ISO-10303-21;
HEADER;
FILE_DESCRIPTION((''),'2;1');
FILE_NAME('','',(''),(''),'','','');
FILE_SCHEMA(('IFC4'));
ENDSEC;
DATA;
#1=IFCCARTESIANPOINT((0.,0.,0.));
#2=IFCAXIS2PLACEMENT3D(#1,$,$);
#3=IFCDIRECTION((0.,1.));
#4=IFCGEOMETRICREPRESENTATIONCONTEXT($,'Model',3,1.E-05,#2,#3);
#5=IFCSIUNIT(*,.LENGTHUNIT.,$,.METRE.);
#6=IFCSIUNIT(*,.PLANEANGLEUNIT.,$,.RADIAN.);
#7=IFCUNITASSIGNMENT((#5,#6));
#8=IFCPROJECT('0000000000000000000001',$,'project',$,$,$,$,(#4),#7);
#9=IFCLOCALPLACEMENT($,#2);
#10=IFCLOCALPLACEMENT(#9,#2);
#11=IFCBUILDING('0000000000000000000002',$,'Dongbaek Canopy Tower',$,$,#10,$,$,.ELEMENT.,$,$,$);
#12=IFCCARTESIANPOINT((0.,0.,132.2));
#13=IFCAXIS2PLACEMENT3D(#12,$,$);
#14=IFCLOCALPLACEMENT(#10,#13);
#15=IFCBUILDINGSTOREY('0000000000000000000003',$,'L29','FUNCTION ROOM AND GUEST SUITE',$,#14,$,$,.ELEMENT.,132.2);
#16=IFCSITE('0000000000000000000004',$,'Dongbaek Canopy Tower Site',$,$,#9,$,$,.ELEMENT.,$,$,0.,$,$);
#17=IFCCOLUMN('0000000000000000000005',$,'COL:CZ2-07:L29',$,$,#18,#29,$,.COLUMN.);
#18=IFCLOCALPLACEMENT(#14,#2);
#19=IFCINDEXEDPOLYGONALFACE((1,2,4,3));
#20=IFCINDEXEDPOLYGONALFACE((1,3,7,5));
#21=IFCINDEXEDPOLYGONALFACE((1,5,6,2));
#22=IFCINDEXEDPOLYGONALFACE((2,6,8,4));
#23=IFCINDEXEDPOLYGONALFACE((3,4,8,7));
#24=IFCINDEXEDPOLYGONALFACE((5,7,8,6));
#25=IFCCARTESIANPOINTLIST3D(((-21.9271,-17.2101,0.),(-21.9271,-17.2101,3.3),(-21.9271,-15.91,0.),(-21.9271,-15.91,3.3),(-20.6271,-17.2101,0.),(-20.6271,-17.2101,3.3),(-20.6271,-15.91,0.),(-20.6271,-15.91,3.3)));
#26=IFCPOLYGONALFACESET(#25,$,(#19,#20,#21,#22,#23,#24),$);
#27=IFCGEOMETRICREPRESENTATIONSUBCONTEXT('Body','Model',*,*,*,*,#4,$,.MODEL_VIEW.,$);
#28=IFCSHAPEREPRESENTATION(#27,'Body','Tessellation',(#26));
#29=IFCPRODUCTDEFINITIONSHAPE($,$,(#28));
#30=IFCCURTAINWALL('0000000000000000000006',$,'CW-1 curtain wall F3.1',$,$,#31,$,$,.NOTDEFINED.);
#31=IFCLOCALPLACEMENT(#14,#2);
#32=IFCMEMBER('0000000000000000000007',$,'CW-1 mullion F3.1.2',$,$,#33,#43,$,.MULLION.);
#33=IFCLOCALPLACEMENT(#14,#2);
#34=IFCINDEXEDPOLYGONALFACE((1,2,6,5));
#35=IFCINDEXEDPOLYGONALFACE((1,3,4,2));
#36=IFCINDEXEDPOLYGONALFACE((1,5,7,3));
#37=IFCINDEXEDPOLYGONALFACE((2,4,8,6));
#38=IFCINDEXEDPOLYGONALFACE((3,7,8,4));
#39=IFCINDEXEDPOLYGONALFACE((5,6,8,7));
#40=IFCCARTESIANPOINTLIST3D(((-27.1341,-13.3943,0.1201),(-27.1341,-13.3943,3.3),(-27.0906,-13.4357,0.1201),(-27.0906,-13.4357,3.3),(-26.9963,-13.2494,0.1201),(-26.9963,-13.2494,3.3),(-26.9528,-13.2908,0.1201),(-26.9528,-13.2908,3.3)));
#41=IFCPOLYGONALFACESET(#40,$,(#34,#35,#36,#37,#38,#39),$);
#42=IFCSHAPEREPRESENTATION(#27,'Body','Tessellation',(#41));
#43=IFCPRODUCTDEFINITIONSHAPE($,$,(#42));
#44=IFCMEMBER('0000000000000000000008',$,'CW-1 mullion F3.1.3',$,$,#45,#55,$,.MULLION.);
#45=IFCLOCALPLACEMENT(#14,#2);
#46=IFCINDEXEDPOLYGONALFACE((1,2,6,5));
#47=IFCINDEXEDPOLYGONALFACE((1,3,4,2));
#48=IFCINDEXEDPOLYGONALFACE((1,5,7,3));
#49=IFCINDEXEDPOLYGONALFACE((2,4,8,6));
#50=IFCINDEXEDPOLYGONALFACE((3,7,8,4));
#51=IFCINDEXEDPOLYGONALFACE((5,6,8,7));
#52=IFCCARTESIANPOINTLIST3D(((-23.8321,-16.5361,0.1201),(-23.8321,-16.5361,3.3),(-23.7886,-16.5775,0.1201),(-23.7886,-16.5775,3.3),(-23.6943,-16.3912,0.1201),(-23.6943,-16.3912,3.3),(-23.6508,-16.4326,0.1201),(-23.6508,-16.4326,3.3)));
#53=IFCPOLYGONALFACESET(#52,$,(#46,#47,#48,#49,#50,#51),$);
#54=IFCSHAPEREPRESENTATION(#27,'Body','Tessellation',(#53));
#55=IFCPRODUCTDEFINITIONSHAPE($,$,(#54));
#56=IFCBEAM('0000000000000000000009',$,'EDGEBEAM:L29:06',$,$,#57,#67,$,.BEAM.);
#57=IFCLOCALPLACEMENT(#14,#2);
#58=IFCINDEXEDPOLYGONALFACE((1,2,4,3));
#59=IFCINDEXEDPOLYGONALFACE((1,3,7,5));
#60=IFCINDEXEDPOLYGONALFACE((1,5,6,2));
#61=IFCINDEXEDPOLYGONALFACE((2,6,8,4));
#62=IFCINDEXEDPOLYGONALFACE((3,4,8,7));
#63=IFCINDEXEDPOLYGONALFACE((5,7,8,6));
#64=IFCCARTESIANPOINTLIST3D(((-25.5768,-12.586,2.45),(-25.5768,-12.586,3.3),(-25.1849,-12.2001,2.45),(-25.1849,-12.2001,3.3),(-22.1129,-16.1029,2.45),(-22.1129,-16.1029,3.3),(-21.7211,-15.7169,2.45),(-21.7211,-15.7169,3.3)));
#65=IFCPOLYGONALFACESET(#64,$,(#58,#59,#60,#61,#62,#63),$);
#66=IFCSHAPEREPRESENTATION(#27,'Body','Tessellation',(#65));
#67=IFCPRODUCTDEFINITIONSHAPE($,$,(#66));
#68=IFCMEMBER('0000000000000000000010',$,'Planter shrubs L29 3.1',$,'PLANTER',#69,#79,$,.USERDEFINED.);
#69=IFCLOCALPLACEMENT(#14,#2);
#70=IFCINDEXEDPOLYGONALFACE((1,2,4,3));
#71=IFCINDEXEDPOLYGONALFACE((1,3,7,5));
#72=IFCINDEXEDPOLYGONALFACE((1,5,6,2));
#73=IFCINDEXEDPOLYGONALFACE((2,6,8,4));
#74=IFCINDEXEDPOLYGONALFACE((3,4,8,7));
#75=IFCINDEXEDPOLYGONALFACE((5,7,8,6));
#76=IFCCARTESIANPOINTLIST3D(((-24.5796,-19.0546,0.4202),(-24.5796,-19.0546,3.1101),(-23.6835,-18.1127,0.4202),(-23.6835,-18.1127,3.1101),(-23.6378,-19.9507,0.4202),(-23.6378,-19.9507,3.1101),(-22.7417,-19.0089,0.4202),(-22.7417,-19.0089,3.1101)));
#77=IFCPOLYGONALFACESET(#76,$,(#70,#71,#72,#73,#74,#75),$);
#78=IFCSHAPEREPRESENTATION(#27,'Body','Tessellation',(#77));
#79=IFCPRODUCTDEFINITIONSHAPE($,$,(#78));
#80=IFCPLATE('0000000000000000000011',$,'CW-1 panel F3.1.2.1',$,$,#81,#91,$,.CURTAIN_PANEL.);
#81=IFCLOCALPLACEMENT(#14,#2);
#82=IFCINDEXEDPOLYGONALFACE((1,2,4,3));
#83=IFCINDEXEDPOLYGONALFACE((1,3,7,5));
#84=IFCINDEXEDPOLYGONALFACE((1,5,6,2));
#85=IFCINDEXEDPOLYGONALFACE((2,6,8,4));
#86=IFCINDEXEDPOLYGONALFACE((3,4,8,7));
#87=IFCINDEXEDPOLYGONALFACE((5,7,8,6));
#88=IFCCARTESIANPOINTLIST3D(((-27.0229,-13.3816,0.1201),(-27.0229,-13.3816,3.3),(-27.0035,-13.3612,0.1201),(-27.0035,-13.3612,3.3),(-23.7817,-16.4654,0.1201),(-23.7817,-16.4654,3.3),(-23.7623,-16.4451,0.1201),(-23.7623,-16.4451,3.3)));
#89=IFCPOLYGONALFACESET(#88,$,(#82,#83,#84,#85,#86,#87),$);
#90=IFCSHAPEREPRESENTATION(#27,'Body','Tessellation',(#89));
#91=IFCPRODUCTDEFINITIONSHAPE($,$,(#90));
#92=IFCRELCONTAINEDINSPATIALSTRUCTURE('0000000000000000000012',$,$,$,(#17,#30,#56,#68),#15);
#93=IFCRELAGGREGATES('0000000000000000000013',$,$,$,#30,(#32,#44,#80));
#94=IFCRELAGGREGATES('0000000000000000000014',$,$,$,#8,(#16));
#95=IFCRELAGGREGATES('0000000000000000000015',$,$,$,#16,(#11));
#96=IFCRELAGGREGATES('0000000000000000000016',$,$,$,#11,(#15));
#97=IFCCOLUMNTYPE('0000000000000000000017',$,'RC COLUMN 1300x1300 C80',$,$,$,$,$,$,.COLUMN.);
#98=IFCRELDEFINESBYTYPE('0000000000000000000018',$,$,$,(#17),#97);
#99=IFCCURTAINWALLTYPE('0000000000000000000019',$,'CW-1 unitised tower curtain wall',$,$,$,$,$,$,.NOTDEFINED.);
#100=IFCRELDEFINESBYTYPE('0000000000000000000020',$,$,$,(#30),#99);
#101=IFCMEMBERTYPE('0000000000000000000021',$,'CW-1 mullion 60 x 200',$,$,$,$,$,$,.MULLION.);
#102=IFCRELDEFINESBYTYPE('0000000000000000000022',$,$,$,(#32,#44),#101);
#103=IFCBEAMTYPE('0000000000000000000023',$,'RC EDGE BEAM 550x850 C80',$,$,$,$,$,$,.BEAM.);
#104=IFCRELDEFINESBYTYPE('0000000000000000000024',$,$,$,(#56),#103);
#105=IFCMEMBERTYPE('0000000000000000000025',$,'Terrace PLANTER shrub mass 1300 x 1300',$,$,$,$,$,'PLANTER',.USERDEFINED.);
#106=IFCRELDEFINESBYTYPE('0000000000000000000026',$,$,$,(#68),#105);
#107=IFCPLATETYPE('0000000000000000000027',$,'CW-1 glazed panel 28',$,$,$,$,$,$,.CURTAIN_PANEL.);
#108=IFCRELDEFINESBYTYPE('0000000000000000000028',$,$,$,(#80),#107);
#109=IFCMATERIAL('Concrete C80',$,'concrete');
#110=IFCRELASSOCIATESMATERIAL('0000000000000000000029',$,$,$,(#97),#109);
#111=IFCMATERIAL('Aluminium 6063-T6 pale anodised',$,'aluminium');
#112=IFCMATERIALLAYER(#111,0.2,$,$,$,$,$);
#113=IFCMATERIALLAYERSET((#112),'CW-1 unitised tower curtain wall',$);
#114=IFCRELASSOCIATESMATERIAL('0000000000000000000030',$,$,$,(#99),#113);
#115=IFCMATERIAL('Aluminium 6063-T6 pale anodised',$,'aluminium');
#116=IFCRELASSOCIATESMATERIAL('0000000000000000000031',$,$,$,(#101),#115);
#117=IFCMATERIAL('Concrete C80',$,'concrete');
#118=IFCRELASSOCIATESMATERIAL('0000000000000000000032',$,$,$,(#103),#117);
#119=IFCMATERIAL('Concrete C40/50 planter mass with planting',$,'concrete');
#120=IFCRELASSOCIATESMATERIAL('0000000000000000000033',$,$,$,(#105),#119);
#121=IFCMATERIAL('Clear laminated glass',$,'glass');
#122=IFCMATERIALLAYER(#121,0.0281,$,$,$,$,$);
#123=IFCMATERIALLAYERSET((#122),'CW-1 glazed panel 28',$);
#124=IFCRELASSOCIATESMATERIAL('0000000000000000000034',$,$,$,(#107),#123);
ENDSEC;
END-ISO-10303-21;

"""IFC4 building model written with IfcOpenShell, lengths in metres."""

from ifc_helpers import new_model, si_unit, direction, frame, origin, origin_2d, place, context, subcontext, project, spatial, rectangle, extrude, material, layer, layer_set, material_profile, profile_set, type_object, element, aggregate, save


model = new_model("IFC4")

# Units and contexts
model_context = context("Model", 3, precision=1e-05, world=origin(), true_north=direction((0.0, 1.0)))
body_context = subcontext(model_context, "Body", "Model", "MODEL_VIEW")
ifc_project = project(units=[si_unit("LENGTHUNIT", "METRE"), si_unit("PLANEANGLEUNIT", "RADIAN")], contexts=[model_context])

# Site, building, storey
site_placement = place(None, origin())
site = spatial("IfcSite", under=ifc_project, at=site_placement, Name="Dongbaek Canopy Tower Site", CompositionType="ELEMENT", RefElevation=0.0)
building_placement = place(site_placement, origin())
building = spatial("IfcBuilding", under=site, at=building_placement, Name="Dongbaek Canopy Tower", CompositionType="ELEMENT")
storey_placement = place(building_placement, frame((0.0, 0.0, 132.2)))
storey = spatial("IfcBuildingStorey", under=building, at=storey_placement, Name="L29", Description="FUNCTION ROOM AND GUEST SUITE", CompositionType="ELEMENT", Elevation=132.2)

# Column
ifc_material_1 = material(Name="Concrete C80", Category="concrete")
ifc_material_profile_1 = material_profile(ifc_material_1, rectangle(XDim=1.3, YDim=1.3, at=origin_2d()), Name="RC COLUMN 1300x1300 C80")
ifc_profile_set_1 = profile_set([ifc_material_profile_1], Name="Concrete C80")
column_type = type_object("IfcColumnType", Name="RC COLUMN 1300x1300 C80", PredefinedType="COLUMN", material=ifc_profile_set_1)
column_placement = place(storey_placement, frame((-21.2771, -16.5601, 0.0), z_axis=(0.0, 0.0, 1.0), x_axis=(1.0, 0.0, 0.0)))
element("IfcColumn", 1, at=column_placement, inside=storey, type_object=column_type, Name="COL:CZ2-07:L29", PredefinedType="COLUMN", context=body_context, shape_type="SweptSolid", body=[
    extrude(rectangle(XDim=1.3, YDim=1.3, at=origin_2d()), origin(), (0.0, 0.0, 1.0), 3.3),
])

# Curtain wall, members
ifc_material_2 = material(Name="Aluminium 6063-T6 pale anodised", Category="aluminium")
ifc_layer_1 = layer(ifc_material_2, 0.2)
ifc_layer_set_1 = layer_set([ifc_layer_1], Name="CW-1 unitised tower curtain wall")
curtain_wall_type = type_object("IfcCurtainWallType", Name="CW-1 unitised tower curtain wall", PredefinedType="NOTDEFINED", material=ifc_layer_set_1)
curtain_wall_placement = place(storey_placement, origin())
curtain_wall = element("IfcCurtainWall", 2, at=curtain_wall_placement, inside=storey, type_object=curtain_wall_type, Name="CW-1 curtain wall F3.1", PredefinedType="NOTDEFINED")
ifc_material_3 = material(Name="Aluminium 6063-T6 pale anodised", Category="aluminium")
ifc_material_profile_2 = material_profile(ifc_material_3, rectangle(XDim=0.2, YDim=0.0601, at=origin_2d()), Name="CW-1 mullion 60 x 200")
ifc_profile_set_2 = profile_set([ifc_material_profile_2], Name="Aluminium 6063-T6 pale anodised")
member_type_1 = type_object("IfcMemberType", Name="CW-1 mullion 60 x 200", PredefinedType="MULLION", material=ifc_profile_set_2)
member_1_placement = place(storey_placement, frame((-27.0435, -13.3425, 0.1201), z_axis=(0.0, 0.0, 1.0), x_axis=(-0.689302, -0.724474, 0.0)))
member_1 = element("IfcMember", 3, at=member_1_placement, type_object=member_type_1, Name="CW-1 mullion F3.1.2", PredefinedType="MULLION", context=body_context, shape_type="SweptSolid", body=[
    extrude(rectangle(XDim=0.2, YDim=0.0601, at=origin_2d()), origin(), (0.0, 0.0, 1.0), 3.1799),
])
member_2_placement = place(storey_placement, frame((-23.7415, -16.4844, 0.1201), z_axis=(0.0, 0.0, 1.0), x_axis=(-0.689302, -0.724474, 0.0)))
member_2 = element("IfcMember", 4, at=member_2_placement, type_object=member_type_1, Name="CW-1 mullion F3.1.3", PredefinedType="MULLION", context=body_context, shape_type="SweptSolid", body=[
    extrude(rectangle(XDim=0.2, YDim=0.0601, at=origin_2d()), origin(), (0.0, 0.0, 1.0), 3.1799),
])

# Beam
ifc_material_4 = material(Name="Concrete C80", Category="concrete")
ifc_material_profile_3 = material_profile(ifc_material_4, rectangle(XDim=0.55, YDim=0.8501, at=origin_2d()), Name="RC EDGE BEAM 550x850 C80")
ifc_profile_set_3 = profile_set([ifc_material_profile_3], Name="Concrete C80")
beam_type = type_object("IfcBeamType", Name="RC EDGE BEAM 550x850 C80", PredefinedType="BEAM", material=ifc_profile_set_3)
beam_placement = place(storey_placement, frame((-21.917, -15.9099, 2.875), z_axis=(-0.70172, 0.712453, 0.0), x_axis=(-0.712453, -0.70172, 0.0)))
element("IfcBeam", 5, at=beam_placement, inside=storey, type_object=beam_type, Name="EDGEBEAM:L29:06", PredefinedType="BEAM", context=body_context, shape_type="SweptSolid", body=[
    extrude(rectangle(XDim=0.55, YDim=0.8501, at=origin_2d()), origin(), (0.0, 0.0, 1.0), 4.9363),
])

# Member
ifc_material_5 = material(Name="Concrete C40/50 planter mass with planting", Category="concrete")
ifc_material_profile_4 = material_profile(ifc_material_5, rectangle(XDim=1.3, YDim=1.3, at=origin_2d()), Name="Terrace PLANTER shrub mass 1300 x 1300")
ifc_profile_set_4 = profile_set([ifc_material_profile_4], Name="Concrete C40/50 planter mass with planting")
member_type_2 = type_object("IfcMemberType", Name="Terrace PLANTER shrub mass 1300 x 1300", ElementType="PLANTER", PredefinedType="USERDEFINED", material=ifc_profile_set_4)
member_3_placement = place(storey_placement, frame((-23.6606, -19.0317, 0.4202), z_axis=(0.0, 0.0, 1.0), x_axis=(-0.689302, -0.724474, 0.0)))
element("IfcMember", 6, at=member_3_placement, inside=storey, type_object=member_type_2, Name="Planter shrubs L29 3.1", ObjectType="PLANTER", PredefinedType="USERDEFINED", context=body_context, shape_type="SweptSolid", body=[
    extrude(rectangle(XDim=1.3, YDim=1.3, at=origin_2d()), origin(), (0.0, 0.0, 1.0), 2.6899),
])

# Plate
ifc_material_6 = material(Name="Clear laminated glass", Category="glass")
ifc_layer_2 = layer(ifc_material_6, 0.0281)
ifc_layer_set_2 = layer_set([ifc_layer_2], Name="CW-1 glazed panel 28")
plate_type = type_object("IfcPlateType", Name="CW-1 glazed panel 28", PredefinedType="CURTAIN_PANEL", material=ifc_layer_set_2)
plate_placement = place(storey_placement, frame((-25.3926, -14.9133, 0.1201), z_axis=(0.0, 0.0, 1.0), x_axis=(0.724474, -0.689302, 0.0)))
plate = element("IfcPlate", 7, at=plate_placement, type_object=plate_type, Name="CW-1 panel F3.1.2.1", PredefinedType="CURTAIN_PANEL", context=body_context, shape_type="SweptSolid", body=[
    extrude(rectangle(XDim=4.4739, YDim=0.0281, at=origin_2d()), origin(), (0.0, 0.0, 1.0), 3.1799),
])

aggregate(curtain_wall, [member_1, member_2, plate])

save(model, "model.ifc")
